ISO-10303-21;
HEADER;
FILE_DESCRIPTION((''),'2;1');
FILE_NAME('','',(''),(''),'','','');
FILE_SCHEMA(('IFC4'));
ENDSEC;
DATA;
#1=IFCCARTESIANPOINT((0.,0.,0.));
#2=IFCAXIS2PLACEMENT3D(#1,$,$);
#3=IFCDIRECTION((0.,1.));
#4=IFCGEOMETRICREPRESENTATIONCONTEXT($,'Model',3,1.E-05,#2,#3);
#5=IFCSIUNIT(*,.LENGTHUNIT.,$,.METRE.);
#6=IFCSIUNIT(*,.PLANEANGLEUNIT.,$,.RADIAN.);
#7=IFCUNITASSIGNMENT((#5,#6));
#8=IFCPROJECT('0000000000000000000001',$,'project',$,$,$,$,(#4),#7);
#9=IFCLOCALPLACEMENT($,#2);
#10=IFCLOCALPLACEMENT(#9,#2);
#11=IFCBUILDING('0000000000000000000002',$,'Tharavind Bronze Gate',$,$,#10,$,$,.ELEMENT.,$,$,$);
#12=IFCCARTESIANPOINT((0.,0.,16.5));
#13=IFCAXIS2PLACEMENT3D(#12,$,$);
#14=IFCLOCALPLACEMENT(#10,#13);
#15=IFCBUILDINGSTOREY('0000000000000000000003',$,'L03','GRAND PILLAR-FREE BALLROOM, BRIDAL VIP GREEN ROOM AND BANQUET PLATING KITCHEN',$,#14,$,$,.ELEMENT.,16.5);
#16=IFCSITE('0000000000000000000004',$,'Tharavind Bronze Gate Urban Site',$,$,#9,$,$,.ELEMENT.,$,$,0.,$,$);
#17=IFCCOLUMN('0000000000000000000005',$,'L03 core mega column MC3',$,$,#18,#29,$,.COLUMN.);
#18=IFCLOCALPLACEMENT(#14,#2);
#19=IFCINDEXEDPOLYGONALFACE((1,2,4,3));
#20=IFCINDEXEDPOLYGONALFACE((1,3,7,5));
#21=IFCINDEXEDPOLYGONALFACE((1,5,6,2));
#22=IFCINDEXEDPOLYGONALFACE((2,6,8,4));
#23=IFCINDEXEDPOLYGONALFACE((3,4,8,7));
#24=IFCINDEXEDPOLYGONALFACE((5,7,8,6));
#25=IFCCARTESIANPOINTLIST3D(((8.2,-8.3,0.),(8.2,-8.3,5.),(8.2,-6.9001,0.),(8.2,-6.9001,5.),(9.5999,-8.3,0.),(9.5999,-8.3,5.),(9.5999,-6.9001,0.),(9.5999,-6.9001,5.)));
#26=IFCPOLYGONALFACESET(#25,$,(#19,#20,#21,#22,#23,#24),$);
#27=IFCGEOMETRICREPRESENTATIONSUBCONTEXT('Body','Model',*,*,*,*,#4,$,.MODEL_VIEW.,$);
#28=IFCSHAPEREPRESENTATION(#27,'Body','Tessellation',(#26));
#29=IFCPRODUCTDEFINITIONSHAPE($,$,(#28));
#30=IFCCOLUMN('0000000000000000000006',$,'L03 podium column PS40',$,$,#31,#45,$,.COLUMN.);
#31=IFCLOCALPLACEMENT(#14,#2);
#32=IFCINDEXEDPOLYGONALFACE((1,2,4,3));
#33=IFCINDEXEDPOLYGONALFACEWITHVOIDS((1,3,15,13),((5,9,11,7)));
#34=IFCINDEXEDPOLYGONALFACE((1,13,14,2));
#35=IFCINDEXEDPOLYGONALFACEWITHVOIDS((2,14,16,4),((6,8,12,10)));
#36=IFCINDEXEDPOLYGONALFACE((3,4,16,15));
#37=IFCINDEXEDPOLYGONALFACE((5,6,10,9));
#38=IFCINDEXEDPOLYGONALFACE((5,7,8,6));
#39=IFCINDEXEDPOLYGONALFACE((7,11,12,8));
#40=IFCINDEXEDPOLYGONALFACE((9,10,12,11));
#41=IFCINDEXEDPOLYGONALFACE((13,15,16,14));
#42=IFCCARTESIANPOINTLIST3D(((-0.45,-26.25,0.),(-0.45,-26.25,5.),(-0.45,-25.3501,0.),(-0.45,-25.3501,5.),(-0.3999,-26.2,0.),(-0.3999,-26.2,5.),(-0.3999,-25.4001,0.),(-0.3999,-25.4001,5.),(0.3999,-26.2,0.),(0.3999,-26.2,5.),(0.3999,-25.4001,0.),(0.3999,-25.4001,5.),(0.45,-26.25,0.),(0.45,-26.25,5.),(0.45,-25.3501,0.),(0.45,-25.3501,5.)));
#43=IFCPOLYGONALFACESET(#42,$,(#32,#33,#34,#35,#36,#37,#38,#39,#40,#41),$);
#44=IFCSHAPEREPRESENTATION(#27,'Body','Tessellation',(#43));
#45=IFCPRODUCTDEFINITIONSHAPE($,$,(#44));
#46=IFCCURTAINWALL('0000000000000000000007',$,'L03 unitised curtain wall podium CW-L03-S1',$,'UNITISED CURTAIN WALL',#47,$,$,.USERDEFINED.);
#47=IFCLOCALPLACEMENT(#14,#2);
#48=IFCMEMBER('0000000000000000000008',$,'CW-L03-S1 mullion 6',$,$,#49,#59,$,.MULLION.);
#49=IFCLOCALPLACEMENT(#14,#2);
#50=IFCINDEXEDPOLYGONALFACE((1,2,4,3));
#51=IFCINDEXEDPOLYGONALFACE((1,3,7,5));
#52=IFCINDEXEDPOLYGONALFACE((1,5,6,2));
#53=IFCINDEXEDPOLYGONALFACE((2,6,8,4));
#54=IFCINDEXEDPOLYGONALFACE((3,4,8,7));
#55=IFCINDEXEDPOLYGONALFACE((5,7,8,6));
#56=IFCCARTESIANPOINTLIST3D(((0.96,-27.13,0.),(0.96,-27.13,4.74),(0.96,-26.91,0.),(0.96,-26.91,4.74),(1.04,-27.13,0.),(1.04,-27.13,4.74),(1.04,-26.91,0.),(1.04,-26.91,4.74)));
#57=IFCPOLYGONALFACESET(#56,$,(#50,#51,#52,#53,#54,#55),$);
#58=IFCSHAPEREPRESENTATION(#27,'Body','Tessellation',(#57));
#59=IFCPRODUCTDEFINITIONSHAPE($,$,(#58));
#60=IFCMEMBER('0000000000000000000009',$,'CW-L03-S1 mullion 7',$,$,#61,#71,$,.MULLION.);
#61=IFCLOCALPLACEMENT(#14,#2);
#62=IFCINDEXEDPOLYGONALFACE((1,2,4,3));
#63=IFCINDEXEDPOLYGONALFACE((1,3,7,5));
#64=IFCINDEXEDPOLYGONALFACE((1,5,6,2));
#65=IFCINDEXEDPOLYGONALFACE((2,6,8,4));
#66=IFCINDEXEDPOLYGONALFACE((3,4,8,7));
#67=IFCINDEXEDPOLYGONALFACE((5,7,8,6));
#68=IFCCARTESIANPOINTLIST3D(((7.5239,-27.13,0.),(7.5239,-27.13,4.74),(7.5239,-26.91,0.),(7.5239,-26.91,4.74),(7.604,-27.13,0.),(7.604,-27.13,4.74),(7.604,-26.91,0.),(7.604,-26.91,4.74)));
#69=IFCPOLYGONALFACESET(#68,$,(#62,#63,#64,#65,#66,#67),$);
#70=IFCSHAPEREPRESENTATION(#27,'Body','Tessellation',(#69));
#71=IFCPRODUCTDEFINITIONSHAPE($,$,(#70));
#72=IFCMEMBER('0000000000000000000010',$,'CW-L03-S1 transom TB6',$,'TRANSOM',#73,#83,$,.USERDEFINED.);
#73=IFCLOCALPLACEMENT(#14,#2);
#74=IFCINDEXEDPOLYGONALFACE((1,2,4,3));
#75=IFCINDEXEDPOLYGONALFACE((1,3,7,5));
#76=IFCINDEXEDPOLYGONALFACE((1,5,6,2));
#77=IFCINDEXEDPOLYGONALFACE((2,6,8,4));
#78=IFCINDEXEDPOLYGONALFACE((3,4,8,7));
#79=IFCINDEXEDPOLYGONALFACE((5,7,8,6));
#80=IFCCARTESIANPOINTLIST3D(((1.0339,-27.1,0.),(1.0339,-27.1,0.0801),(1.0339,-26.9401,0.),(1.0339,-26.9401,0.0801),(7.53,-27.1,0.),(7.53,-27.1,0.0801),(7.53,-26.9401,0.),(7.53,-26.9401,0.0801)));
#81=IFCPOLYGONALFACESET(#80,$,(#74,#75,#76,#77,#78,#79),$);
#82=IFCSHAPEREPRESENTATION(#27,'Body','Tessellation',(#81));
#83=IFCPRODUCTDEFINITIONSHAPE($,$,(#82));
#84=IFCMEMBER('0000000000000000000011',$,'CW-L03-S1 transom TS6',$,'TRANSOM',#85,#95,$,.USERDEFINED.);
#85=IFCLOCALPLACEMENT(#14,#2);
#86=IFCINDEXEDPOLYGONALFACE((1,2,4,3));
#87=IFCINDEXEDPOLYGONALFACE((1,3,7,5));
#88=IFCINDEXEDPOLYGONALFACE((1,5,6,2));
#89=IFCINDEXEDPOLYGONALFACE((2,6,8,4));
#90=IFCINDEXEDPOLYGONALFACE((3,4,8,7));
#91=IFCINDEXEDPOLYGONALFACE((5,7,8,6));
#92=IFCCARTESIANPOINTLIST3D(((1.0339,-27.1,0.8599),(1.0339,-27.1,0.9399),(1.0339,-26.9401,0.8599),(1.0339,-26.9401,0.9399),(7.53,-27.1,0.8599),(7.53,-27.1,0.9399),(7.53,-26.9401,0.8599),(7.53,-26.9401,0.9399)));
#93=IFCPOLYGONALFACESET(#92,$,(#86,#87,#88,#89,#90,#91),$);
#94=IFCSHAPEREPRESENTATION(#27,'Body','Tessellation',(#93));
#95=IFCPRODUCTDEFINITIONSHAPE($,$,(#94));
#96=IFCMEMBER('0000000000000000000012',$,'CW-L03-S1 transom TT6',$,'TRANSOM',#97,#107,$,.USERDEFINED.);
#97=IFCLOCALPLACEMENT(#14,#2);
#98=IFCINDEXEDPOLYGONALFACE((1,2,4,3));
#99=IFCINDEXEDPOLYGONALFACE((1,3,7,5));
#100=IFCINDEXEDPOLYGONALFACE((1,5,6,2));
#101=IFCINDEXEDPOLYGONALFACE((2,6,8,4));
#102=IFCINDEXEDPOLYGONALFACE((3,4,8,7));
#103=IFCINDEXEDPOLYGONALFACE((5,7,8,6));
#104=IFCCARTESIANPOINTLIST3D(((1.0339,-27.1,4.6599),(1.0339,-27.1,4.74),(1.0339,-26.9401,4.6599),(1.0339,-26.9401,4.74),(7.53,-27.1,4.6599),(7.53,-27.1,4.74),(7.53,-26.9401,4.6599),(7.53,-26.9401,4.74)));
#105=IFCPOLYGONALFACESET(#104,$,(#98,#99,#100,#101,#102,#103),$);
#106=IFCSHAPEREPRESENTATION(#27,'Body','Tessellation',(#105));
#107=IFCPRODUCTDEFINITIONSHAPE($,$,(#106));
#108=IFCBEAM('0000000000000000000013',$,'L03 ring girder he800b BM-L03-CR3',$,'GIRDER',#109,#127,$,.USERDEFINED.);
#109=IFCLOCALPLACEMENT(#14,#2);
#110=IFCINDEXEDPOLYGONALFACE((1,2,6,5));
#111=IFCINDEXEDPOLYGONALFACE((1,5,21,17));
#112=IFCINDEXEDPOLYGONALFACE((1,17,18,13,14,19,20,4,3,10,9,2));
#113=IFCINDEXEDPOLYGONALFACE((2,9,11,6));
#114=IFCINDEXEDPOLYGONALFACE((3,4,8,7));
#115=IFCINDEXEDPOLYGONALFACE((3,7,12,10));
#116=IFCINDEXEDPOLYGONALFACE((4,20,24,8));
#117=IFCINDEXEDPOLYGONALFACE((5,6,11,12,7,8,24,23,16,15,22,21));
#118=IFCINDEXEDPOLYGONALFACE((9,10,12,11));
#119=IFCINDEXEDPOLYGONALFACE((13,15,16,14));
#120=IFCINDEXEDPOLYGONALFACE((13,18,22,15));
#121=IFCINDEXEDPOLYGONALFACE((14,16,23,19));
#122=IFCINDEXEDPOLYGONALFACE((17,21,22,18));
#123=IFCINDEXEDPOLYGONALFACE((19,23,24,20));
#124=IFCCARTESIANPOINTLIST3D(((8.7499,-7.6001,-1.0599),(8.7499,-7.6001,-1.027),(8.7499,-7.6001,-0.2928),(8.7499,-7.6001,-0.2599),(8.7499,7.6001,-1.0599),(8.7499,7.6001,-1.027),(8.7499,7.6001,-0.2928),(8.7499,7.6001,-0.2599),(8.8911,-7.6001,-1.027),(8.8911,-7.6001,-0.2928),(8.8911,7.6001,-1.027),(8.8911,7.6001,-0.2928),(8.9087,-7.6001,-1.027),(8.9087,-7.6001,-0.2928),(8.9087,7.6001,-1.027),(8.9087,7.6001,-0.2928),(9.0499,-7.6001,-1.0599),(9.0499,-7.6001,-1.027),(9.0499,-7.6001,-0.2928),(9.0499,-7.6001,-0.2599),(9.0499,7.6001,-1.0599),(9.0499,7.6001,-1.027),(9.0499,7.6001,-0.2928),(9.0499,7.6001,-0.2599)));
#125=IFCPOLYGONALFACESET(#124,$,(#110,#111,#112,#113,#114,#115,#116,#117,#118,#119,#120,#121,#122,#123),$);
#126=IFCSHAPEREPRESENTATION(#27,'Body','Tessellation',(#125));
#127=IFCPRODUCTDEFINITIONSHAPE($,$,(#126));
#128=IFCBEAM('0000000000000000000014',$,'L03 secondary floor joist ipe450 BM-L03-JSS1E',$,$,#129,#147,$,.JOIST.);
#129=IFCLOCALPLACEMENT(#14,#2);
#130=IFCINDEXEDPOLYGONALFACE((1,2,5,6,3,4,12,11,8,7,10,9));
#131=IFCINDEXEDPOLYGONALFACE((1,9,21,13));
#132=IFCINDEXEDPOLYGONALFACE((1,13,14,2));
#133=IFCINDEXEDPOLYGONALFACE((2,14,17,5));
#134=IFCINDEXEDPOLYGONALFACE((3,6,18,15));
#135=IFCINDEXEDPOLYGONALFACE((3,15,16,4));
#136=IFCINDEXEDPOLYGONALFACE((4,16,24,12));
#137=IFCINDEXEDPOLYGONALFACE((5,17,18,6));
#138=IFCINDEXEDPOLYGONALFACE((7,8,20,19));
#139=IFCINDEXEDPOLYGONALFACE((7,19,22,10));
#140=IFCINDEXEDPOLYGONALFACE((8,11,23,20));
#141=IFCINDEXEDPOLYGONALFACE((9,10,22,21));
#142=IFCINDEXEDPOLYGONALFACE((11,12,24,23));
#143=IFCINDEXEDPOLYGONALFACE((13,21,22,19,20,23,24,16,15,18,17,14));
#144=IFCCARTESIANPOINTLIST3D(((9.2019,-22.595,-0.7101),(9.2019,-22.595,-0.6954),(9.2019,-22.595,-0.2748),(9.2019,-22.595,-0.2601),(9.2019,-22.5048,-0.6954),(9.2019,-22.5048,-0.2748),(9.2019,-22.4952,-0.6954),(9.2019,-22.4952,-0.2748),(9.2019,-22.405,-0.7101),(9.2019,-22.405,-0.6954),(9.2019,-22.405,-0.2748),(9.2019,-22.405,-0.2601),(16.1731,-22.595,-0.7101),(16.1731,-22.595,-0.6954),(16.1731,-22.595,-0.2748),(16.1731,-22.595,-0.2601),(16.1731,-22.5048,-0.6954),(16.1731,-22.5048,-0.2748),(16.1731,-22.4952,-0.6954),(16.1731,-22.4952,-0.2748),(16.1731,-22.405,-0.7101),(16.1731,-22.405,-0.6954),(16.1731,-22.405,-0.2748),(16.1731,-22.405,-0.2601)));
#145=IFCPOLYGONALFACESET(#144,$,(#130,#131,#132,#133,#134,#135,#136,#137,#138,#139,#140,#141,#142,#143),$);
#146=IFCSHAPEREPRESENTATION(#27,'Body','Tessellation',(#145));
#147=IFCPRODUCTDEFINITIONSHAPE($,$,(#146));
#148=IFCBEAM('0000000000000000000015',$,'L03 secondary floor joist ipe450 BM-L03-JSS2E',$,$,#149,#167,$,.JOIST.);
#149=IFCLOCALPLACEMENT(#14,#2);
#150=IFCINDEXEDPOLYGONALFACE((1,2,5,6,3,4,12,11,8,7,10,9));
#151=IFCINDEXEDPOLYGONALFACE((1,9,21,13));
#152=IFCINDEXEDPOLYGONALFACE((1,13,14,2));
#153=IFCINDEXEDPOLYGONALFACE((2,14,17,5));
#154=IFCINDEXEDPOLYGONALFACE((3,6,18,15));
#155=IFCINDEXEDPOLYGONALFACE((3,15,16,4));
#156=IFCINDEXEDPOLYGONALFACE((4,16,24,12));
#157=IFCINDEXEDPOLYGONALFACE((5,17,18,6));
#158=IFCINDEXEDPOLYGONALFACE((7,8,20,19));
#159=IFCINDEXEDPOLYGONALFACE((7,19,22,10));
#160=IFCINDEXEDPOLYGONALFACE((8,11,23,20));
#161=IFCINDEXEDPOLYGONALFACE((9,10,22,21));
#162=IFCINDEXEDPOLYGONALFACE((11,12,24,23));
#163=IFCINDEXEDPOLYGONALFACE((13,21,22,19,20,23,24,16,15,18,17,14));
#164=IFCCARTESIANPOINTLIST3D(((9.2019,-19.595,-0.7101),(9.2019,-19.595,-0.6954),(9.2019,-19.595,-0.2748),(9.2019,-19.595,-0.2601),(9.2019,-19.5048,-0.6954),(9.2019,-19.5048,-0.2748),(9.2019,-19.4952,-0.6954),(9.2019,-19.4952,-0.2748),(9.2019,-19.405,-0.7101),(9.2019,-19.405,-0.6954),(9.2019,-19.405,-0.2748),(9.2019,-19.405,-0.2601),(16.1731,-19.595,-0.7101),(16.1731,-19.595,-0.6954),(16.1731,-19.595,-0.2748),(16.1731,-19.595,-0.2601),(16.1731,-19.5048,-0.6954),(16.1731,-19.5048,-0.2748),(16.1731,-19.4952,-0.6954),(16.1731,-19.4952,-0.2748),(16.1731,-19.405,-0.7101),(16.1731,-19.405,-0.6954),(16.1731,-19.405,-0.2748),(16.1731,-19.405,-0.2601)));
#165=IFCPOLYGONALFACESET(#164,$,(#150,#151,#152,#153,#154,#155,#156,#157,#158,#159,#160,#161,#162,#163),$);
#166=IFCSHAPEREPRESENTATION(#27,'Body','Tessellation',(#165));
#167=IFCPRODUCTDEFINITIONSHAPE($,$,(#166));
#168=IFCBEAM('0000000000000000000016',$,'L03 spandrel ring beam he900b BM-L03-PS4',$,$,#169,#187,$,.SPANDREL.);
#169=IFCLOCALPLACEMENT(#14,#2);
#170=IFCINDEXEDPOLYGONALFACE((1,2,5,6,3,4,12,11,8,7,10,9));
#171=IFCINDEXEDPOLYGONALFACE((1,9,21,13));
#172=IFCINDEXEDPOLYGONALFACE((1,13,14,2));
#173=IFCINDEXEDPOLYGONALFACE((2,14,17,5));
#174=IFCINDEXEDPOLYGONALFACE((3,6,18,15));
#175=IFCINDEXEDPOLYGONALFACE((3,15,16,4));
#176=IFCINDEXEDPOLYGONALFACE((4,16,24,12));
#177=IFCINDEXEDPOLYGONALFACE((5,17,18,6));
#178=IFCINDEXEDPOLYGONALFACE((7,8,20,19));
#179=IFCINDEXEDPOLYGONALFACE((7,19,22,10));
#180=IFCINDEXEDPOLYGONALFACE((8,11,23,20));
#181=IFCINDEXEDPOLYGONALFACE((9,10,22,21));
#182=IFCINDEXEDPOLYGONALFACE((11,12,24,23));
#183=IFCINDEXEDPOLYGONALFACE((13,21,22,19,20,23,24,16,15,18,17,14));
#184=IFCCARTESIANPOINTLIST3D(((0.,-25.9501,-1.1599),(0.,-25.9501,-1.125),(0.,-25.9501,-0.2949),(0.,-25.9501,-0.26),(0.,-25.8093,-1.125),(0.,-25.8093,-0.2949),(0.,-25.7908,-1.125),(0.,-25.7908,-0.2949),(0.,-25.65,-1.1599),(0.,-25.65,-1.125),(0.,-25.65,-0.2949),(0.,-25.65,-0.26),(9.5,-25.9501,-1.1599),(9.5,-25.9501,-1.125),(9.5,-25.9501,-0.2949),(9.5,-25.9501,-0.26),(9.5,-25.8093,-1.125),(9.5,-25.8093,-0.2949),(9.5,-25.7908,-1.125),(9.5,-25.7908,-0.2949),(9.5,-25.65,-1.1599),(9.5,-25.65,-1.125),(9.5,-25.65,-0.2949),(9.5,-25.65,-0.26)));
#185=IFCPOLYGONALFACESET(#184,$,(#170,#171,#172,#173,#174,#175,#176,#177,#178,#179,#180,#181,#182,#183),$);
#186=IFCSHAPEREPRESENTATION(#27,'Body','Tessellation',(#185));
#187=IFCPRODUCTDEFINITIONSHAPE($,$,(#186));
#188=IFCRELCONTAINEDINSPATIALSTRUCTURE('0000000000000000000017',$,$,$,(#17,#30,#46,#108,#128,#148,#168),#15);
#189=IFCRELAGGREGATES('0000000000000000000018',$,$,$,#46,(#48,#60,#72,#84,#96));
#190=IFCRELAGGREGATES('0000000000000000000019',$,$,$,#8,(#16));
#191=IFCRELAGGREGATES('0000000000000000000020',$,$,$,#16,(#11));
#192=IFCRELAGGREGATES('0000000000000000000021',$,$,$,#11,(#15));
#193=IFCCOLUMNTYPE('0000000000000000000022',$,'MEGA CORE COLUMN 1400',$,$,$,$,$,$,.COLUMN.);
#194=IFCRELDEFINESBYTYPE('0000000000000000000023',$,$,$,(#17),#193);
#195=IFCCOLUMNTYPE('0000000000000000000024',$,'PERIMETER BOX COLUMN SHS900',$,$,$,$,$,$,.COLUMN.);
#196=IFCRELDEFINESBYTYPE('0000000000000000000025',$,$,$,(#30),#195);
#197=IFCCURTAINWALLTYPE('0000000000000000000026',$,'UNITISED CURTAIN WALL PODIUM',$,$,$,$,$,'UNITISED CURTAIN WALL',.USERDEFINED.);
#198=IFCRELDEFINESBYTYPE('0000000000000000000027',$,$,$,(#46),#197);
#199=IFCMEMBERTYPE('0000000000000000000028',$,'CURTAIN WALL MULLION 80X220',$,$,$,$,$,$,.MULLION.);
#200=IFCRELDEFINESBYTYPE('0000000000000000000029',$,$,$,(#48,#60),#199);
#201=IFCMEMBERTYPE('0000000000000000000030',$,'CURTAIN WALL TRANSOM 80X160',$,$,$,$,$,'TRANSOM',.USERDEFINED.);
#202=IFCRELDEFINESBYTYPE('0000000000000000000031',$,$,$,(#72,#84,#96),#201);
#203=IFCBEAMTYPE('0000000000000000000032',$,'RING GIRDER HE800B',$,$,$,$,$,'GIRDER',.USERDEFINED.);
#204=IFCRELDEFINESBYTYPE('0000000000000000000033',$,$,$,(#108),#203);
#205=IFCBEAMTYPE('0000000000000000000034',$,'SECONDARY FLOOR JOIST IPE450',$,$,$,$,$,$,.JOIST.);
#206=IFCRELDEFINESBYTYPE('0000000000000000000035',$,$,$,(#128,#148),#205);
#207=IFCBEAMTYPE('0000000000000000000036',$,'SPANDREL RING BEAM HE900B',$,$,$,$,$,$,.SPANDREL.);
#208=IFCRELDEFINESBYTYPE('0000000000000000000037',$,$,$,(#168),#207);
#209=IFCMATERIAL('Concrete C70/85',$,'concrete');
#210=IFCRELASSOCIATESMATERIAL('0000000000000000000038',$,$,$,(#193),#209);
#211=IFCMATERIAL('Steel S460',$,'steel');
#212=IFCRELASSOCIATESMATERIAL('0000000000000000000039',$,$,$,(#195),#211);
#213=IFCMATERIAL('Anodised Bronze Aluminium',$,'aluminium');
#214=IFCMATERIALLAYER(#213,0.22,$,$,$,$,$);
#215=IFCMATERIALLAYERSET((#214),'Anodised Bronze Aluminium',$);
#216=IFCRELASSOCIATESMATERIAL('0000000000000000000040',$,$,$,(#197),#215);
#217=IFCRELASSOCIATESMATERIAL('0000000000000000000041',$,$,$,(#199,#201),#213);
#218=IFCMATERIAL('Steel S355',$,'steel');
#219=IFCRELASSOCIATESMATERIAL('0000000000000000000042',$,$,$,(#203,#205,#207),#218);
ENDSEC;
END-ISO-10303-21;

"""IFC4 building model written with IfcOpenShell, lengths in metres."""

from ifc_helpers import new_model, si_unit, direction, frame, origin, origin_2d, place, context, subcontext, project, spatial, rectangle, hollow_rectangle, i_section, extrude, material, layer, layer_set, material_profile, profile_set, type_object, element, aggregate, save


model = new_model("IFC4")

# Units and contexts
model_context = context("Model", 3, precision=1e-05, world=origin(), true_north=direction((0.0, 1.0)))
body_context = subcontext(model_context, "Body", "Model", "MODEL_VIEW")
ifc_project = project(units=[si_unit("LENGTHUNIT", "METRE"), si_unit("PLANEANGLEUNIT", "RADIAN")], contexts=[model_context])

# Site, building, storey
site_placement = place(None, origin())
site = spatial("IfcSite", under=ifc_project, at=site_placement, Name="Tharavind Bronze Gate Urban Site", CompositionType="ELEMENT", RefElevation=0.0)
building_placement = place(site_placement, origin())
building = spatial("IfcBuilding", under=site, at=building_placement, Name="Tharavind Bronze Gate", CompositionType="ELEMENT")
storey_placement = place(building_placement, frame((0.0, 0.0, 16.5)))
storey = spatial("IfcBuildingStorey", under=building, at=storey_placement, Name="L03", Description="GRAND PILLAR-FREE BALLROOM, BRIDAL VIP GREEN ROOM AND BANQUET PLATING KITCHEN", CompositionType="ELEMENT", Elevation=16.5)

# Columns
ifc_material_1 = material(Name="Concrete C70/85", Category="concrete")
ifc_material_profile_1 = material_profile(ifc_material_1, rectangle(XDim=1.3999, YDim=1.3999, at=origin_2d()), Name="RCCOL1400")
ifc_profile_set_1 = profile_set([ifc_material_profile_1], Name="Concrete C70/85")
column_type_1 = type_object("IfcColumnType", Name="MEGA CORE COLUMN 1400", PredefinedType="COLUMN", material=ifc_profile_set_1)
column_1_placement = place(storey_placement, frame((8.8999, -7.6001, 0.0), z_axis=(0.0, 0.0, 1.0), x_axis=(1.0, 0.0, 0.0)))
element("IfcColumn", 1, at=column_1_placement, inside=storey, type_object=column_type_1, Name="L03 core mega column MC3", PredefinedType="COLUMN", context=body_context, shape_type="SweptSolid", body=[
    extrude(rectangle(XDim=1.3999, YDim=1.3999, at=origin_2d()), origin(), (0.0, 0.0, 1.0), 5.0),
])
ifc_material_2 = material(Name="Steel S460", Category="steel")
ifc_material_profile_2 = material_profile(ifc_material_2, hollow_rectangle(XDim=0.8999, YDim=0.8999, WallThickness=0.05, at=origin_2d()), Name="SHS900X50")
ifc_profile_set_2 = profile_set([ifc_material_profile_2], Name="Steel S460")
column_type_2 = type_object("IfcColumnType", Name="PERIMETER BOX COLUMN SHS900", PredefinedType="COLUMN", material=ifc_profile_set_2)
column_2_placement = place(storey_placement, frame((0.0, -25.8, 0.0), z_axis=(0.0, 0.0, 1.0), x_axis=(1.0, 0.0, 0.0)))
element("IfcColumn", 2, at=column_2_placement, inside=storey, type_object=column_type_2, Name="L03 podium column PS40", PredefinedType="COLUMN", context=body_context, shape_type="SweptSolid", body=[
    extrude(hollow_rectangle(XDim=0.8999, YDim=0.8999, WallThickness=0.05, at=origin_2d()), origin(), (0.0, 0.0, 1.0), 5.0),
])

# Curtain wall, members
ifc_material_3 = material(Name="Anodised Bronze Aluminium", Category="aluminium")
ifc_layer_1 = layer(ifc_material_3, 0.22)
ifc_layer_set_1 = layer_set([ifc_layer_1], Name="Anodised Bronze Aluminium")
curtain_wall_type = type_object("IfcCurtainWallType", Name="UNITISED CURTAIN WALL PODIUM", ElementType="UNITISED CURTAIN WALL", PredefinedType="USERDEFINED", material=ifc_layer_set_1)
curtain_wall_placement = place(storey_placement, origin())
curtain_wall = element("IfcCurtainWall", 3, at=curtain_wall_placement, inside=storey, type_object=curtain_wall_type, Name="L03 unitised curtain wall podium CW-L03-S1", ObjectType="UNITISED CURTAIN WALL", PredefinedType="USERDEFINED")
member_type_1 = type_object("IfcMemberType", Name="CURTAIN WALL MULLION 80X220", PredefinedType="MULLION", material=ifc_material_3)
member_1_placement = place(storey_placement, frame((1.0, -27.02, 0.0), z_axis=(0.0, 0.0, 1.0), x_axis=(1.0, 0.0, 0.0)))
member_1 = element("IfcMember", 4, at=member_1_placement, type_object=member_type_1, Name="CW-L03-S1 mullion 6", PredefinedType="MULLION", context=body_context, shape_type="SweptSolid", body=[
    extrude(rectangle(XDim=0.0801, YDim=0.22, at=origin_2d()), origin(), (0.0, 0.0, 1.0), 4.74),
])
member_2_placement = place(storey_placement, frame((7.564, -27.02, 0.0), z_axis=(0.0, 0.0, 1.0), x_axis=(1.0, 0.0, 0.0)))
member_2 = element("IfcMember", 5, at=member_2_placement, type_object=member_type_1, Name="CW-L03-S1 mullion 7", PredefinedType="MULLION", context=body_context, shape_type="SweptSolid", body=[
    extrude(rectangle(XDim=0.0801, YDim=0.22, at=origin_2d()), origin(), (0.0, 0.0, 1.0), 4.74),
])
member_type_2 = type_object("IfcMemberType", Name="CURTAIN WALL TRANSOM 80X160", ElementType="TRANSOM", PredefinedType="USERDEFINED", material=ifc_material_3)
member_3_placement = place(storey_placement, frame((4.282, -27.02, 0.0), z_axis=(0.0, 0.0, 1.0), x_axis=(1.0, 0.0, 0.0)))
member_3 = element("IfcMember", 6, at=member_3_placement, type_object=member_type_2, Name="CW-L03-S1 transom TB6", ObjectType="TRANSOM", PredefinedType="USERDEFINED", context=body_context, shape_type="SweptSolid", body=[
    extrude(rectangle(XDim=6.4961, YDim=0.1599, at=origin_2d()), origin(), (0.0, 0.0, 1.0), 0.0801),
])
member_4_placement = place(storey_placement, frame((4.282, -27.02, 0.8599), z_axis=(0.0, 0.0, 1.0), x_axis=(1.0, 0.0, 0.0)))
member_4 = element("IfcMember", 7, at=member_4_placement, type_object=member_type_2, Name="CW-L03-S1 transom TS6", ObjectType="TRANSOM", PredefinedType="USERDEFINED", context=body_context, shape_type="SweptSolid", body=[
    extrude(rectangle(XDim=6.4961, YDim=0.1599, at=origin_2d()), origin(), (0.0, 0.0, 1.0), 0.0801),
])
member_5_placement = place(storey_placement, frame((4.282, -27.02, 4.6599), z_axis=(0.0, 0.0, 1.0), x_axis=(1.0, 0.0, 0.0)))
member_5 = element("IfcMember", 8, at=member_5_placement, type_object=member_type_2, Name="CW-L03-S1 transom TT6", ObjectType="TRANSOM", PredefinedType="USERDEFINED", context=body_context, shape_type="SweptSolid", body=[
    extrude(rectangle(XDim=6.4961, YDim=0.1599, at=origin_2d()), origin(), (0.0, 0.0, 1.0), 0.0801),
])

# Beams
ifc_material_4 = material(Name="Steel S355", Category="steel")
ifc_material_profile_3 = material_profile(ifc_material_4, i_section(OverallWidth=0.3, OverallDepth=0.8, WebThickness=0.0176, FlangeThickness=0.033, at=origin_2d()), Name="HE800B")
ifc_profile_set_3 = profile_set([ifc_material_profile_3], Name="Steel S355")
beam_type_1 = type_object("IfcBeamType", Name="RING GIRDER HE800B", ElementType="GIRDER", PredefinedType="USERDEFINED", material=ifc_profile_set_3)
beam_1_placement = place(storey_placement, frame((8.8999, -7.6001, -0.6599), z_axis=(0.0, 1.0, 0.0), x_axis=(-1.0, 0.0, 0.0)))
element("IfcBeam", 9, at=beam_1_placement, inside=storey, type_object=beam_type_1, Name="L03 ring girder he800b BM-L03-CR3", ObjectType="GIRDER", PredefinedType="USERDEFINED", context=body_context, shape_type="SweptSolid", body=[
    extrude(i_section(OverallWidth=0.3, OverallDepth=0.8, WebThickness=0.0176, FlangeThickness=0.033, at=origin_2d()), origin(), (0.0, 0.0, 1.0), 15.2002),
])
ifc_material_profile_4 = material_profile(ifc_material_4, i_section(OverallWidth=0.1899, OverallDepth=0.45, WebThickness=0.0095, FlangeThickness=0.0146, at=origin_2d()), Name="IPE450")
ifc_profile_set_4 = profile_set([ifc_material_profile_4], Name="Steel S355")
beam_type_2 = type_object("IfcBeamType", Name="SECONDARY FLOOR JOIST IPE450", PredefinedType="JOIST", material=ifc_profile_set_4)
for number, where, z_axis, x_axis, name in (
    (10, (9.2019, -22.5, -0.4851), (1.0, 0.0, 0.0), (0.0, 1.0, 0.0), "L03 secondary floor joist ipe450 BM-L03-JSS1E"),
    (11, (9.2019, -19.5, -0.4851), (1.0, 0.0, 0.0), (0.0, 1.0, 0.0), "L03 secondary floor joist ipe450 BM-L03-JSS2E"),
):
    element("IfcBeam", number, at=place(storey_placement, frame(where, z_axis=z_axis, x_axis=x_axis)), inside=storey, type_object=beam_type_2, Name=name, PredefinedType="JOIST", context=body_context, shape_type="SweptSolid", body=[
        extrude(i_section(OverallWidth=0.1899, OverallDepth=0.45, WebThickness=0.0095, FlangeThickness=0.0146, at=origin_2d()), origin(), (0.0, 0.0, 1.0), 6.9712),
    ])
ifc_material_profile_5 = material_profile(ifc_material_4, i_section(OverallWidth=0.3, OverallDepth=0.8999, WebThickness=0.0186, FlangeThickness=0.0349, at=origin_2d()), Name="HE900B")
ifc_profile_set_5 = profile_set([ifc_material_profile_5], Name="Steel S355")
beam_type_3 = type_object("IfcBeamType", Name="SPANDREL RING BEAM HE900B", PredefinedType="SPANDREL", material=ifc_profile_set_5)
beam_2_placement = place(storey_placement, frame((0.0, -25.8, -0.71), z_axis=(1.0, 0.0, 0.0), x_axis=(0.0, 1.0, 0.0)))
element("IfcBeam", 12, at=beam_2_placement, inside=storey, type_object=beam_type_3, Name="L03 spandrel ring beam he900b BM-L03-PS4", PredefinedType="SPANDREL", context=body_context, shape_type="SweptSolid", body=[
    extrude(i_section(OverallWidth=0.3, OverallDepth=0.8999, WebThickness=0.0186, FlangeThickness=0.0349, at=origin_2d()), origin(), (0.0, 0.0, 1.0), 9.5),
])

aggregate(curtain_wall, [member_1, member_2, member_3, member_4, member_5])

save(model, "model.ifc")
